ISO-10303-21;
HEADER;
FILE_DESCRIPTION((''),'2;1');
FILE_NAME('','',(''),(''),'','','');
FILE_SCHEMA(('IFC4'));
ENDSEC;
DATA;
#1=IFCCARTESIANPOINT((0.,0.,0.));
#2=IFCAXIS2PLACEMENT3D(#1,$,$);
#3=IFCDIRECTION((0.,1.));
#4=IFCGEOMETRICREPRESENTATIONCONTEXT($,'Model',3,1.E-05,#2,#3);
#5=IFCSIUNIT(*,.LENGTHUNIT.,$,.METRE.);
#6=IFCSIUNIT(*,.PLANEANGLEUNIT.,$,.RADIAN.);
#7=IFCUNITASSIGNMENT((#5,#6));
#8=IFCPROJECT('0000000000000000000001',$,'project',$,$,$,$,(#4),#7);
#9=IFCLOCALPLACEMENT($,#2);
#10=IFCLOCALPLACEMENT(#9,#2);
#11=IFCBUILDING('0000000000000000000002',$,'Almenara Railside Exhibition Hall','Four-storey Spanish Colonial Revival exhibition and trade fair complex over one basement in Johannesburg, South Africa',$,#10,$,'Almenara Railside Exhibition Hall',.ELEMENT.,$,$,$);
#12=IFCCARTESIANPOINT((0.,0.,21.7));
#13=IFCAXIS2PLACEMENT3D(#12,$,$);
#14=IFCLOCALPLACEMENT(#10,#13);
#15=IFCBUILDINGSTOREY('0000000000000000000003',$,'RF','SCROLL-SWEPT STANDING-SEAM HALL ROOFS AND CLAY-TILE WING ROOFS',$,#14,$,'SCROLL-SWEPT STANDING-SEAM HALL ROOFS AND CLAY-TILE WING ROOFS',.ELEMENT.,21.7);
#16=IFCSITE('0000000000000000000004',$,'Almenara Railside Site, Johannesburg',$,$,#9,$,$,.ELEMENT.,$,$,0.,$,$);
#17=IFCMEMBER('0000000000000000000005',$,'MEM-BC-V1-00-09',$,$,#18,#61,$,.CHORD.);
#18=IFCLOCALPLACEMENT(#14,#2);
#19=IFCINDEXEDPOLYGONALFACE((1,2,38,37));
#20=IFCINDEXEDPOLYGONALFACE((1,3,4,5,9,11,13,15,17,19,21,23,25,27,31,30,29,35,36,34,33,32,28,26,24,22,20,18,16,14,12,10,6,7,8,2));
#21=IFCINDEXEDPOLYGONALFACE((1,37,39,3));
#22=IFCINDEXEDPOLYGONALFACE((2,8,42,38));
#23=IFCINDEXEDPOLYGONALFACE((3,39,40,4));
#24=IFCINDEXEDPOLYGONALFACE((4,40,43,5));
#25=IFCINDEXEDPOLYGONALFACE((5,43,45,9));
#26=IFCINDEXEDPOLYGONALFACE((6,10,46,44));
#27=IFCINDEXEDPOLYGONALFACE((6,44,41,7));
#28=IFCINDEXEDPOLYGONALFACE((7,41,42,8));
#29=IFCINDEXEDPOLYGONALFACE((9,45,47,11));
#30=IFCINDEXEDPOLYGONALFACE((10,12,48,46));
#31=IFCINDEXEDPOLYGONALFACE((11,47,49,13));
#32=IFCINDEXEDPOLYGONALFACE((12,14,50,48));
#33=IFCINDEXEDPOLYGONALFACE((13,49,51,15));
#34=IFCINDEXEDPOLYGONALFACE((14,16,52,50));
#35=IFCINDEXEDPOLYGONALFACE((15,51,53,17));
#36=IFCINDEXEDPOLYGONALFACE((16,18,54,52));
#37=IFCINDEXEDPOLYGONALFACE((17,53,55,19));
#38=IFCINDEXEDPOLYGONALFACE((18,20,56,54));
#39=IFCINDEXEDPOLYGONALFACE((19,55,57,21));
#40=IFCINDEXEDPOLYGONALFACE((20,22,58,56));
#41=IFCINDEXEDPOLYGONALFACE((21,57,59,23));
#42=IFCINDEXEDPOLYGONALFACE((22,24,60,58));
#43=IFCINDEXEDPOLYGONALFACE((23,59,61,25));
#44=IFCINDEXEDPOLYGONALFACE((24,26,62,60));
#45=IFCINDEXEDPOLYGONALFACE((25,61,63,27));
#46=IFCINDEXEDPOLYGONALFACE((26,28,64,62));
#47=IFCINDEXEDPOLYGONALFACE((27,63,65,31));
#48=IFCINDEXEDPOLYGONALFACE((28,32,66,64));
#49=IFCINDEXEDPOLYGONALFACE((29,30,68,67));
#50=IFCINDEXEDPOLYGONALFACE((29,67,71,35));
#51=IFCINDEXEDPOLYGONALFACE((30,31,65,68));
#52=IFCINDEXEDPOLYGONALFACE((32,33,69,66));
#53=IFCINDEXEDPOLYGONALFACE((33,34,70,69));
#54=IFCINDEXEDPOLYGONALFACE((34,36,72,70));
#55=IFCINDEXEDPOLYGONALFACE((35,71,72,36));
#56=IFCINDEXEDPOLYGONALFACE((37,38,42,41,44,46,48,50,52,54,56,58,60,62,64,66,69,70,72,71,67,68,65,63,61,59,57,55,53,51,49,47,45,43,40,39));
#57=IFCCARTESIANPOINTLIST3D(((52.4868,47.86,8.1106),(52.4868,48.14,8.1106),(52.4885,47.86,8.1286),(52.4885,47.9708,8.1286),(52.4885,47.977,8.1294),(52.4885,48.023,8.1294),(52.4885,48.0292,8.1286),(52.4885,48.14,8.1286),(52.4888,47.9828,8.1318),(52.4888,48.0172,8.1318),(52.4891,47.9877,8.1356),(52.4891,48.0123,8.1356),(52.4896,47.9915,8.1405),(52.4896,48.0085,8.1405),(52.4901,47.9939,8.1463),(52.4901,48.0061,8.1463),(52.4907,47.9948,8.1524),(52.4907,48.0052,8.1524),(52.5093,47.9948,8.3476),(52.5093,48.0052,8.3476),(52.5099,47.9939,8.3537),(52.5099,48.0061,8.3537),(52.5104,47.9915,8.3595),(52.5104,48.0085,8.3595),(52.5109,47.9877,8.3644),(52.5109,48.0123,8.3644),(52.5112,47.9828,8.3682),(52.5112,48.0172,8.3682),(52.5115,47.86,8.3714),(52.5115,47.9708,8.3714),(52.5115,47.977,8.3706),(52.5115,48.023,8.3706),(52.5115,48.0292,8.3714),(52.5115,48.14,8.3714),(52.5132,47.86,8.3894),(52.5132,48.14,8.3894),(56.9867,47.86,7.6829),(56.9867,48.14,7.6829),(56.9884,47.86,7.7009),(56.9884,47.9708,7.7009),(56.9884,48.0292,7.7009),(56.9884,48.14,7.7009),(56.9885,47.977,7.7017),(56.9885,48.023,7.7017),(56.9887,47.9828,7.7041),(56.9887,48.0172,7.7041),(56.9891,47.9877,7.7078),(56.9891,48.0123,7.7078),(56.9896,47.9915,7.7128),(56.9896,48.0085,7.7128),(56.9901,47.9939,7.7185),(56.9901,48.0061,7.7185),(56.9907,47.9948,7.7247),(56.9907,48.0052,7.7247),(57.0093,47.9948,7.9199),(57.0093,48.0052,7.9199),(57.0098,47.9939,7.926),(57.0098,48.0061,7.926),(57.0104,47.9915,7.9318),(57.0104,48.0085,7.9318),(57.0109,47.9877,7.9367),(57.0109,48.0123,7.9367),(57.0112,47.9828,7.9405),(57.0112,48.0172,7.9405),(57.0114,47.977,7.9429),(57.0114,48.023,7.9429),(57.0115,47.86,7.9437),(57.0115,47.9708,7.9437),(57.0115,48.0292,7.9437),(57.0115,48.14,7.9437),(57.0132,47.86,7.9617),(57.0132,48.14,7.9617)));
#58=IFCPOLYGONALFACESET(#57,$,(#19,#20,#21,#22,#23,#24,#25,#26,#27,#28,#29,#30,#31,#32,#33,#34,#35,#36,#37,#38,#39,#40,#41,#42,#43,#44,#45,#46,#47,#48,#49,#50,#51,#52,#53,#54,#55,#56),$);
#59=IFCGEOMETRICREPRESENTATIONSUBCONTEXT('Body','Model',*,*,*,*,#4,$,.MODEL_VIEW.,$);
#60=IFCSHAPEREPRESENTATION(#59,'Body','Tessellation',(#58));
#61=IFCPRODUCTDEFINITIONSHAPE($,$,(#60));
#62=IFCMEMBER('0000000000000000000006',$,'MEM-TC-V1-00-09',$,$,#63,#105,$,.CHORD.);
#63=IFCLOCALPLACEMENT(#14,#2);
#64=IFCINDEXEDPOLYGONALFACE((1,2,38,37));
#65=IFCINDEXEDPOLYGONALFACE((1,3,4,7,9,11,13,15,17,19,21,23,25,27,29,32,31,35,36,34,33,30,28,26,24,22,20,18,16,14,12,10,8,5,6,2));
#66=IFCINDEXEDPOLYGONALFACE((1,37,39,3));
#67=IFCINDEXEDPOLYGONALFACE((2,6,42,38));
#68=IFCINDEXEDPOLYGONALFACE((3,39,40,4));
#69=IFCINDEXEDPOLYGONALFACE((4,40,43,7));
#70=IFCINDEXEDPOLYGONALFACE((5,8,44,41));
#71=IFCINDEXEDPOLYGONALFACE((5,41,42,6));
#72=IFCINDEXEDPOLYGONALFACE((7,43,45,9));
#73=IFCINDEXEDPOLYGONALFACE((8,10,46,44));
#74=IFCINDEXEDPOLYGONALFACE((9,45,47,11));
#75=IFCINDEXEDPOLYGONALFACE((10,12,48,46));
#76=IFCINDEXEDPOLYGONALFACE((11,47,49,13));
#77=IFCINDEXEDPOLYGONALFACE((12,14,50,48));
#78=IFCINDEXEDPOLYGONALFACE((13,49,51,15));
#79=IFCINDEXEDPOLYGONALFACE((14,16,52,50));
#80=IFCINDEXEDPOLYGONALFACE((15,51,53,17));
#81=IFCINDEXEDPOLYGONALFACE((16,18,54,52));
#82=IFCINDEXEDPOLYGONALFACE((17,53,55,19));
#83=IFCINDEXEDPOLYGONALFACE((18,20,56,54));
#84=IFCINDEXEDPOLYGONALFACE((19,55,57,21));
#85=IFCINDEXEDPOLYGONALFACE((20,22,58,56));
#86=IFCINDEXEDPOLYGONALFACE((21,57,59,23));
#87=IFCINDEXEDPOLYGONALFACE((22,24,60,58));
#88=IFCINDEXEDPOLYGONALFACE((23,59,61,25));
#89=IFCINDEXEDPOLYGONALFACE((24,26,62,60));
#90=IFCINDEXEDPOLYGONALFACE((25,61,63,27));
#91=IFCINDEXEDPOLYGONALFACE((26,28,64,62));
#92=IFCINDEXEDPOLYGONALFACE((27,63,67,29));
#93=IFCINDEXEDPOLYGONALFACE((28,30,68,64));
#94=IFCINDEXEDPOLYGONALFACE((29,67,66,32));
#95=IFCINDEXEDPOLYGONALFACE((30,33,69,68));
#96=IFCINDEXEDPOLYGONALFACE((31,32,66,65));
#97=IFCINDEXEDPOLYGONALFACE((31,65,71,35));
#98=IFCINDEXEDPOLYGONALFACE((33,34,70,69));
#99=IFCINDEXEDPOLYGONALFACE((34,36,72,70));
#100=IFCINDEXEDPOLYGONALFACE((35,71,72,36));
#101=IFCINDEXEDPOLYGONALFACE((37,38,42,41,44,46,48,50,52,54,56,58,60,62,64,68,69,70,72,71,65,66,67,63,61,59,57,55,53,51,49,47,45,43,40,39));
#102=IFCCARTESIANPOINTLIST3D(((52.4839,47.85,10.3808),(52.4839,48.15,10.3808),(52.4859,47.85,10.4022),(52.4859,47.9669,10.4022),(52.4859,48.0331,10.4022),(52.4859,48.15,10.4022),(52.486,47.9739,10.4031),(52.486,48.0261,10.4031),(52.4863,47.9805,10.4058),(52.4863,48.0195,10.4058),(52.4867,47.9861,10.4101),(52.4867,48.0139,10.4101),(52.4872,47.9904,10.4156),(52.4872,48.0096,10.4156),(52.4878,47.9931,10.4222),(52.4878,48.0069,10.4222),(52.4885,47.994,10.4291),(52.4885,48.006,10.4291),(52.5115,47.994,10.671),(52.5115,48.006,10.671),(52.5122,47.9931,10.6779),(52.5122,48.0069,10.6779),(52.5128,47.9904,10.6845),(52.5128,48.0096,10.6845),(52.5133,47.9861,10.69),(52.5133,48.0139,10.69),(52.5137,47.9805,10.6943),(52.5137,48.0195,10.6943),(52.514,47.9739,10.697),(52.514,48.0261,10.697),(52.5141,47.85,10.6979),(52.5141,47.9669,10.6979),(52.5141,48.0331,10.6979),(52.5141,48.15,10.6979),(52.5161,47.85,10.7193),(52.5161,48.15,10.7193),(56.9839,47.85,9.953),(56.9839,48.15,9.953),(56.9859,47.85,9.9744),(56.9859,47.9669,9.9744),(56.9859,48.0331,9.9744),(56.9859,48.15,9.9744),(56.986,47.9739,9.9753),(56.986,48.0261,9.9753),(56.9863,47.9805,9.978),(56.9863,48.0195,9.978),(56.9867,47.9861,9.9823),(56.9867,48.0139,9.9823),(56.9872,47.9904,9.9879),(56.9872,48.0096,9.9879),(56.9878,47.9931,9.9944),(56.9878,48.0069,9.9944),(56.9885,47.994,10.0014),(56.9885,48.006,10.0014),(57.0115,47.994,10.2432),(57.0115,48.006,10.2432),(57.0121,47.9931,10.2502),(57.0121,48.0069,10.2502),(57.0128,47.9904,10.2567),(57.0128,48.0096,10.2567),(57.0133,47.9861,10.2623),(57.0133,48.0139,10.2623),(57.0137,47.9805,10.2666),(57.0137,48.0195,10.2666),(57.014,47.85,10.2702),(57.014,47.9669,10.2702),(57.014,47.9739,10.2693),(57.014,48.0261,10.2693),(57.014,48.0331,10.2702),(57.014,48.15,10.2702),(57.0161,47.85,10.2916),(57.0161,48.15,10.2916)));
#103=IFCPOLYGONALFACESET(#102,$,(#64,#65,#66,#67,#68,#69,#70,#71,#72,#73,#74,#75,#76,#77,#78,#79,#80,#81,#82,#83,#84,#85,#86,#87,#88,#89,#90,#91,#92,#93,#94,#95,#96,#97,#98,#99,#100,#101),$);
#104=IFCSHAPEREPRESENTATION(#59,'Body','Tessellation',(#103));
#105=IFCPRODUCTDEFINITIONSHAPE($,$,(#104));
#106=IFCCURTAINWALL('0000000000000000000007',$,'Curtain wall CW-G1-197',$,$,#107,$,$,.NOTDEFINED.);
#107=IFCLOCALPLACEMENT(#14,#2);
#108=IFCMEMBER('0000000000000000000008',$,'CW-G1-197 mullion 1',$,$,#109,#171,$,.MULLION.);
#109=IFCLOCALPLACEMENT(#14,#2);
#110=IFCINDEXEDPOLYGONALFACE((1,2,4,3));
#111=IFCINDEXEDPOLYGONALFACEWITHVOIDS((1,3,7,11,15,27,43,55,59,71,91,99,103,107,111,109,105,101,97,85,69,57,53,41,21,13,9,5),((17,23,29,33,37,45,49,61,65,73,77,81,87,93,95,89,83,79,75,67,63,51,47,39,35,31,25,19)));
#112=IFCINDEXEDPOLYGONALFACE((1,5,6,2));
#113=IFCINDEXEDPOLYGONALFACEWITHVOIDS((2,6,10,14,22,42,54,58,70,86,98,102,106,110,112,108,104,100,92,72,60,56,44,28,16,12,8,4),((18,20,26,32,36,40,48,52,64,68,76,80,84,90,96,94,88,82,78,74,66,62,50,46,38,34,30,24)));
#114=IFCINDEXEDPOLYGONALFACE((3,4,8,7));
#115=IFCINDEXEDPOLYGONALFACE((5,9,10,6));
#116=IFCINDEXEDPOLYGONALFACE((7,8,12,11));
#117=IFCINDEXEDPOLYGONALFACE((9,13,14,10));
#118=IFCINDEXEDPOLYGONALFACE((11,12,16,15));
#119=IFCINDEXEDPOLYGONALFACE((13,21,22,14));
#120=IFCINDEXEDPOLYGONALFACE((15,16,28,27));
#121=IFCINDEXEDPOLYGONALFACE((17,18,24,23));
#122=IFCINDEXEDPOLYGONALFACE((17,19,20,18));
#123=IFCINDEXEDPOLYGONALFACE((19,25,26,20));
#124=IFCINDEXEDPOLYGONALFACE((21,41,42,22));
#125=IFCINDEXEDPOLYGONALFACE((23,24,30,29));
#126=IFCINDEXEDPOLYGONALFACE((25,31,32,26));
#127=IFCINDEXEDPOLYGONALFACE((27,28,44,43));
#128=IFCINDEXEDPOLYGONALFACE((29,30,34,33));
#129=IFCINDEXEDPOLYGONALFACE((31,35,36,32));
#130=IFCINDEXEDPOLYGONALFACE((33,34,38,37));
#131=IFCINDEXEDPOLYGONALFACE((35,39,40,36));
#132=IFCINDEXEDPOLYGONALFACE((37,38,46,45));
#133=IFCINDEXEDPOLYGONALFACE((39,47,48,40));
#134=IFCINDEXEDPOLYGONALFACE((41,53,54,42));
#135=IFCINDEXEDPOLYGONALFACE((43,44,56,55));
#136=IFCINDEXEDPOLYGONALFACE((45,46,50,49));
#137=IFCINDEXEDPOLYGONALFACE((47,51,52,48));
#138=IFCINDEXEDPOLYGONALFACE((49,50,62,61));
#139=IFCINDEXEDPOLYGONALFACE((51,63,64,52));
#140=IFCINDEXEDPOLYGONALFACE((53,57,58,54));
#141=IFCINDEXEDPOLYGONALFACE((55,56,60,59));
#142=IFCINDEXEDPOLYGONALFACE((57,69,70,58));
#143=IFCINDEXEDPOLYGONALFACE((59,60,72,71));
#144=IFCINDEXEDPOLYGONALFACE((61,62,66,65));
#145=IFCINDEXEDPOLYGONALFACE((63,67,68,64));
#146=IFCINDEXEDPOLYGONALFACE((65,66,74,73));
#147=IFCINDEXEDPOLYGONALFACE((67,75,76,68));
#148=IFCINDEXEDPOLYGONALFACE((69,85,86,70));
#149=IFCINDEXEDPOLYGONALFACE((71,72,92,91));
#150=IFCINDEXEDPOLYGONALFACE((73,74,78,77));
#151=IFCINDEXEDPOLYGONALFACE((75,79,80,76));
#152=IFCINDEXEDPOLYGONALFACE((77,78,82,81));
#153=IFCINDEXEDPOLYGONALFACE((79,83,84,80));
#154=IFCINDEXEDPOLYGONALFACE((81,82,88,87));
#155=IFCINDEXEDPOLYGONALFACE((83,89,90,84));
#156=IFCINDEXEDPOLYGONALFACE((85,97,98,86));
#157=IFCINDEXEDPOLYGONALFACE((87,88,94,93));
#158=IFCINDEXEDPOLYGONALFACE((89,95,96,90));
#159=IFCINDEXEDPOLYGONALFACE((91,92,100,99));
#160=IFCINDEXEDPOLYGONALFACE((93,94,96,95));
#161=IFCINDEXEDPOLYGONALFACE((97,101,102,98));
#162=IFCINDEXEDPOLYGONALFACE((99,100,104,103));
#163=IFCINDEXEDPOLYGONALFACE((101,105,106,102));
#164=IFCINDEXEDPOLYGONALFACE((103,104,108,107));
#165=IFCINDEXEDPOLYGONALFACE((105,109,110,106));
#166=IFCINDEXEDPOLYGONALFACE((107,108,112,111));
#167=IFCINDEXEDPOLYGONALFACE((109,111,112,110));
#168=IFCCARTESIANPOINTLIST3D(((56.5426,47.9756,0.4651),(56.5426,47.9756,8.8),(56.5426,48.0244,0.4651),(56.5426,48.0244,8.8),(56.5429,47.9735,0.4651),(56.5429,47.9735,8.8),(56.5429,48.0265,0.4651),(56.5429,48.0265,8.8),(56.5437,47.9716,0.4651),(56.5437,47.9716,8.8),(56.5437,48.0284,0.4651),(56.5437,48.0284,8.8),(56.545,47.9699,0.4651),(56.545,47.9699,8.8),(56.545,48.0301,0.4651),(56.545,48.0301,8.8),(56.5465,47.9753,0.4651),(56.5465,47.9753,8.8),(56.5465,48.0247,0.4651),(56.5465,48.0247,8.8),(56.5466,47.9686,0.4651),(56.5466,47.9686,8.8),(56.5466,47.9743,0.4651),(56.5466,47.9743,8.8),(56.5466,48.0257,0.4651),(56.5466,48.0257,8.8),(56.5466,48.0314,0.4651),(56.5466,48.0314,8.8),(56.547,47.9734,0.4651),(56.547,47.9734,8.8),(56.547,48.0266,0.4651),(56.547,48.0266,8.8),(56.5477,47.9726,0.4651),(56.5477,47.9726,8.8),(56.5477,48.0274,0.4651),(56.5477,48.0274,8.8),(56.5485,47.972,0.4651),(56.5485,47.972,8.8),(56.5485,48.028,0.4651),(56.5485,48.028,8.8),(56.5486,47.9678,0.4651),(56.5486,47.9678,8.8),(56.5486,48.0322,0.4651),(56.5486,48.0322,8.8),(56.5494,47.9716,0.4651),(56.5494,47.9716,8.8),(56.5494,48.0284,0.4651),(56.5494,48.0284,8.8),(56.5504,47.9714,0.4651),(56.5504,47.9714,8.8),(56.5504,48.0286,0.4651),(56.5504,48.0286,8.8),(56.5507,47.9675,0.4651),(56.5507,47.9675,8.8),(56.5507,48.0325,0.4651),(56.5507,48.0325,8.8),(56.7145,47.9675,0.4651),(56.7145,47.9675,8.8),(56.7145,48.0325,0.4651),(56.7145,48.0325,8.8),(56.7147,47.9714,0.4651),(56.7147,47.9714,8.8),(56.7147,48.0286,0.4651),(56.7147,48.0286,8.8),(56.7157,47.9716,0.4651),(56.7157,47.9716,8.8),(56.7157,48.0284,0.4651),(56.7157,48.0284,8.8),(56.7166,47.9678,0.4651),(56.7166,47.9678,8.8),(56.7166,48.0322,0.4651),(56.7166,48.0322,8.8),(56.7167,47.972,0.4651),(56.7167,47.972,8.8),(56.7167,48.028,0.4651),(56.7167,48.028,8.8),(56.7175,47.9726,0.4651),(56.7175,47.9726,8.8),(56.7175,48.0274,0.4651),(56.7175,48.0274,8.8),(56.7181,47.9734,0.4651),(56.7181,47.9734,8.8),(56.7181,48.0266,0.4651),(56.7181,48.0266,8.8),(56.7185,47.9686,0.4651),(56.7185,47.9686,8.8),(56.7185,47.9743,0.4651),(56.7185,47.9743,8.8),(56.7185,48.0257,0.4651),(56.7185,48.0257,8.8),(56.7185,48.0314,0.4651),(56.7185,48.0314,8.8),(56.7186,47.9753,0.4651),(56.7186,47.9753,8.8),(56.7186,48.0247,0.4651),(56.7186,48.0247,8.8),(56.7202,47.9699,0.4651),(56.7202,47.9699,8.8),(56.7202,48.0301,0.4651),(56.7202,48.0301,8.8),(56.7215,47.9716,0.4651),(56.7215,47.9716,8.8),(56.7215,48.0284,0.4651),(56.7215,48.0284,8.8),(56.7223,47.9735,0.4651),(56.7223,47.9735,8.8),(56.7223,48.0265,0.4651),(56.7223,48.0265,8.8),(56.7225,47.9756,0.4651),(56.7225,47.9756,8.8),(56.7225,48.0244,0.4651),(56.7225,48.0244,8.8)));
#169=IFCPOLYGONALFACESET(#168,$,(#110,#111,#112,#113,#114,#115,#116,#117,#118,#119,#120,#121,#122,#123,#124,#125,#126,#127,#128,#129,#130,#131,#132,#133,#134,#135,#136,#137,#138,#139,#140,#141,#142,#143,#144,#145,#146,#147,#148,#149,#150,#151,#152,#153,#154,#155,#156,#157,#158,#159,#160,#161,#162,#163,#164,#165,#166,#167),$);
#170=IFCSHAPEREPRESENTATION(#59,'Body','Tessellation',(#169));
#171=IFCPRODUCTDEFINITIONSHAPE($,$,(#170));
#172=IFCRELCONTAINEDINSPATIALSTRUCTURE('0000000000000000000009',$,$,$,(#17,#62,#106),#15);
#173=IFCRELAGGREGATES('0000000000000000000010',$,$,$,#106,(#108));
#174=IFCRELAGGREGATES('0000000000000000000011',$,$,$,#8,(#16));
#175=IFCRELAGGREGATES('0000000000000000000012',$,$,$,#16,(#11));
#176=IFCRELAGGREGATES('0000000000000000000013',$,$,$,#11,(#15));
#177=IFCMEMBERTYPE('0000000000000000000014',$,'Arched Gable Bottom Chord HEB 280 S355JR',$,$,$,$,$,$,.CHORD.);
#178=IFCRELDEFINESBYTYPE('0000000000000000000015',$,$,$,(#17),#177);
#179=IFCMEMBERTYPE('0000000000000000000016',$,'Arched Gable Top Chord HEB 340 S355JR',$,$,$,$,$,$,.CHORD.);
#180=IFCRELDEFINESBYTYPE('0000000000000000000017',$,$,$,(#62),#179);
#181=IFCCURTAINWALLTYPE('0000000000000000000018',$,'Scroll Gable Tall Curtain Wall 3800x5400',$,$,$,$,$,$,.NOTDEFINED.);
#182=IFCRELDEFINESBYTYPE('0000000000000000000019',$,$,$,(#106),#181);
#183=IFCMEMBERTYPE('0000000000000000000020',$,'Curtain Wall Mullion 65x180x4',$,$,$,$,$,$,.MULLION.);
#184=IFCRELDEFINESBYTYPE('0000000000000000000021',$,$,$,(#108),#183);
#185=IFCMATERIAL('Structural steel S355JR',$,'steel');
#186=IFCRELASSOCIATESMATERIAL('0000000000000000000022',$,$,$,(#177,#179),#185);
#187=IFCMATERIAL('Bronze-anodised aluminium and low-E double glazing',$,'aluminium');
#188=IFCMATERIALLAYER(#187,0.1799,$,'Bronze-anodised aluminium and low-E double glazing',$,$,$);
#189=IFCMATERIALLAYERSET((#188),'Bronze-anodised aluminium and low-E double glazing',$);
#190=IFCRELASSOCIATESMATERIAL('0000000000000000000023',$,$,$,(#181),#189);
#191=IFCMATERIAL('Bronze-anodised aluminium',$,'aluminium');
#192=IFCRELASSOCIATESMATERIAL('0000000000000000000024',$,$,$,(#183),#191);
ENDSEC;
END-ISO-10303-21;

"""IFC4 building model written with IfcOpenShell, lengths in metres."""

from ifc_helpers import new_model, si_unit, direction, frame, origin, origin_2d, place, context, subcontext, project, spatial, hollow_rectangle, i_section, extrude, material, layer, layer_set, material_profile, profile_set, type_object, element, aggregate, save


model = new_model("IFC4")

# Units and contexts
model_context = context("Model", 3, precision=1e-05, world=origin(), true_north=direction((0.0, 1.0)))
body_context = subcontext(model_context, "Body", "Model", "MODEL_VIEW")
ifc_project = project(units=[si_unit("LENGTHUNIT", "METRE"), si_unit("PLANEANGLEUNIT", "RADIAN")], contexts=[model_context])

# Site, building, storey
site_placement = place(None, origin())
site = spatial("IfcSite", under=ifc_project, at=site_placement, Name="Almenara Railside Site, Johannesburg", CompositionType="ELEMENT", RefElevation=0.0)
building_placement = place(site_placement, origin())
building = spatial("IfcBuilding", under=site, at=building_placement, Name="Almenara Railside Exhibition Hall", Description="Four-storey Spanish Colonial Revival exhibition and trade fair complex over one basement in Johannesburg, South Africa", LongName="Almenara Railside Exhibition Hall", CompositionType="ELEMENT")
storey_placement = place(building_placement, frame((0.0, 0.0, 21.7)))
storey = spatial("IfcBuildingStorey", under=building, at=storey_placement, Name="RF", Description="SCROLL-SWEPT STANDING-SEAM HALL ROOFS AND CLAY-TILE WING ROOFS", LongName="SCROLL-SWEPT STANDING-SEAM HALL ROOFS AND CLAY-TILE WING ROOFS", CompositionType="ELEMENT", Elevation=21.7)

# Members
ifc_material_1 = material(Name="Structural steel S355JR", Category="steel")
ifc_material_profile_1 = material_profile(ifc_material_1, i_section(OverallWidth=0.28, OverallDepth=0.28, WebThickness=0.0105, FlangeThickness=0.0181, FilletRadius=0.0239, at=origin_2d()), Name="HEB 280")
ifc_profile_set_1 = profile_set([ifc_material_profile_1], Name="Structural steel S355JR")
member_type_1 = type_object("IfcMemberType", Name="Arched Gable Bottom Chord HEB 280 S355JR", PredefinedType="CHORD", material=ifc_profile_set_1)
member_1_placement = place(storey_placement, frame((52.5, 48.0, 8.25), z_axis=(0.995513, 0.0, -0.094626), x_axis=(0.0, 1.0, 0.0)))
element("IfcMember", 1, at=member_1_placement, inside=storey, type_object=member_type_1, Name="MEM-BC-V1-00-09", PredefinedType="CHORD", context=body_context, shape_type="SweptSolid", body=[
    extrude(i_section(OverallWidth=0.28, OverallDepth=0.28, WebThickness=0.0105, FlangeThickness=0.0181, FilletRadius=0.0239, at=origin_2d()), origin(), (0.0, 0.0, 1.0), 4.5203),
])
ifc_material_profile_2 = material_profile(ifc_material_1, i_section(OverallWidth=0.3, OverallDepth=0.3401, WebThickness=0.012, FlangeThickness=0.0215, FilletRadius=0.0271, at=origin_2d()), Name="HEB 340")
ifc_profile_set_2 = profile_set([ifc_material_profile_2], Name="Structural steel S355JR")
member_type_2 = type_object("IfcMemberType", Name="Arched Gable Top Chord HEB 340 S355JR", PredefinedType="CHORD", material=ifc_profile_set_2)
member_2_placement = place(storey_placement, frame((52.5, 48.0, 10.55), z_axis=(0.995513, 0.0, -0.094626), x_axis=(0.0, 1.0, 0.0)))
element("IfcMember", 2, at=member_2_placement, inside=storey, type_object=member_type_2, Name="MEM-TC-V1-00-09", PredefinedType="CHORD", context=body_context, shape_type="SweptSolid", body=[
    extrude(i_section(OverallWidth=0.3, OverallDepth=0.3401, WebThickness=0.012, FlangeThickness=0.0215, FilletRadius=0.0271, at=origin_2d()), origin(), (0.0, 0.0, 1.0), 4.5203),
])

# Curtain wall, member
ifc_material_2 = material(Name="Bronze-anodised aluminium and low-E double glazing", Category="aluminium")
ifc_layer_1 = layer(ifc_material_2, 0.1799, Name="Bronze-anodised aluminium and low-E double glazing")
ifc_layer_set_1 = layer_set([ifc_layer_1], Name="Bronze-anodised aluminium and low-E double glazing")
curtain_wall_type = type_object("IfcCurtainWallType", Name="Scroll Gable Tall Curtain Wall 3800x5400", PredefinedType="NOTDEFINED", material=ifc_layer_set_1)
curtain_wall_1_placement = place(storey_placement, origin())
curtain_wall_1 = element("IfcCurtainWall", 3, at=curtain_wall_1_placement, inside=storey, type_object=curtain_wall_type, Name="Curtain wall CW-G1-197", PredefinedType="NOTDEFINED")
ifc_material_3 = material(Name="Bronze-anodised aluminium", Category="aluminium")
ifc_material_profile_3 = material_profile(ifc_material_3, hollow_rectangle(XDim=0.0649, YDim=0.1799, WallThickness=0.0039, InnerFilletRadius=0.0039, OuterFilletRadius=0.0081, at=origin_2d()), Name="ALU-MUL 65x180x4")
ifc_profile_set_3 = profile_set([ifc_material_profile_3], Name="Bronze-anodised aluminium")
member_type_3 = type_object("IfcMemberType", Name="Curtain Wall Mullion 65x180x4", PredefinedType="MULLION", material=ifc_profile_set_3)
member_3_placement = place(storey_placement, frame((56.6326, 48.0, 0.4651), z_axis=(0.0, 0.0, 1.0), x_axis=(0.0, 1.0, 0.0)))
member_3 = element("IfcMember", 4, at=member_3_placement, type_object=member_type_3, Name="CW-G1-197 mullion 1", PredefinedType="MULLION", context=body_context, shape_type="SweptSolid", body=[
    extrude(hollow_rectangle(XDim=0.0649, YDim=0.1799, WallThickness=0.0039, InnerFilletRadius=0.0039, OuterFilletRadius=0.0081, at=origin_2d()), origin(), (0.0, 0.0, 1.0), 8.335),
])
aggregate(curtain_wall_1, [member_3])

save(model, "model.ifc")
